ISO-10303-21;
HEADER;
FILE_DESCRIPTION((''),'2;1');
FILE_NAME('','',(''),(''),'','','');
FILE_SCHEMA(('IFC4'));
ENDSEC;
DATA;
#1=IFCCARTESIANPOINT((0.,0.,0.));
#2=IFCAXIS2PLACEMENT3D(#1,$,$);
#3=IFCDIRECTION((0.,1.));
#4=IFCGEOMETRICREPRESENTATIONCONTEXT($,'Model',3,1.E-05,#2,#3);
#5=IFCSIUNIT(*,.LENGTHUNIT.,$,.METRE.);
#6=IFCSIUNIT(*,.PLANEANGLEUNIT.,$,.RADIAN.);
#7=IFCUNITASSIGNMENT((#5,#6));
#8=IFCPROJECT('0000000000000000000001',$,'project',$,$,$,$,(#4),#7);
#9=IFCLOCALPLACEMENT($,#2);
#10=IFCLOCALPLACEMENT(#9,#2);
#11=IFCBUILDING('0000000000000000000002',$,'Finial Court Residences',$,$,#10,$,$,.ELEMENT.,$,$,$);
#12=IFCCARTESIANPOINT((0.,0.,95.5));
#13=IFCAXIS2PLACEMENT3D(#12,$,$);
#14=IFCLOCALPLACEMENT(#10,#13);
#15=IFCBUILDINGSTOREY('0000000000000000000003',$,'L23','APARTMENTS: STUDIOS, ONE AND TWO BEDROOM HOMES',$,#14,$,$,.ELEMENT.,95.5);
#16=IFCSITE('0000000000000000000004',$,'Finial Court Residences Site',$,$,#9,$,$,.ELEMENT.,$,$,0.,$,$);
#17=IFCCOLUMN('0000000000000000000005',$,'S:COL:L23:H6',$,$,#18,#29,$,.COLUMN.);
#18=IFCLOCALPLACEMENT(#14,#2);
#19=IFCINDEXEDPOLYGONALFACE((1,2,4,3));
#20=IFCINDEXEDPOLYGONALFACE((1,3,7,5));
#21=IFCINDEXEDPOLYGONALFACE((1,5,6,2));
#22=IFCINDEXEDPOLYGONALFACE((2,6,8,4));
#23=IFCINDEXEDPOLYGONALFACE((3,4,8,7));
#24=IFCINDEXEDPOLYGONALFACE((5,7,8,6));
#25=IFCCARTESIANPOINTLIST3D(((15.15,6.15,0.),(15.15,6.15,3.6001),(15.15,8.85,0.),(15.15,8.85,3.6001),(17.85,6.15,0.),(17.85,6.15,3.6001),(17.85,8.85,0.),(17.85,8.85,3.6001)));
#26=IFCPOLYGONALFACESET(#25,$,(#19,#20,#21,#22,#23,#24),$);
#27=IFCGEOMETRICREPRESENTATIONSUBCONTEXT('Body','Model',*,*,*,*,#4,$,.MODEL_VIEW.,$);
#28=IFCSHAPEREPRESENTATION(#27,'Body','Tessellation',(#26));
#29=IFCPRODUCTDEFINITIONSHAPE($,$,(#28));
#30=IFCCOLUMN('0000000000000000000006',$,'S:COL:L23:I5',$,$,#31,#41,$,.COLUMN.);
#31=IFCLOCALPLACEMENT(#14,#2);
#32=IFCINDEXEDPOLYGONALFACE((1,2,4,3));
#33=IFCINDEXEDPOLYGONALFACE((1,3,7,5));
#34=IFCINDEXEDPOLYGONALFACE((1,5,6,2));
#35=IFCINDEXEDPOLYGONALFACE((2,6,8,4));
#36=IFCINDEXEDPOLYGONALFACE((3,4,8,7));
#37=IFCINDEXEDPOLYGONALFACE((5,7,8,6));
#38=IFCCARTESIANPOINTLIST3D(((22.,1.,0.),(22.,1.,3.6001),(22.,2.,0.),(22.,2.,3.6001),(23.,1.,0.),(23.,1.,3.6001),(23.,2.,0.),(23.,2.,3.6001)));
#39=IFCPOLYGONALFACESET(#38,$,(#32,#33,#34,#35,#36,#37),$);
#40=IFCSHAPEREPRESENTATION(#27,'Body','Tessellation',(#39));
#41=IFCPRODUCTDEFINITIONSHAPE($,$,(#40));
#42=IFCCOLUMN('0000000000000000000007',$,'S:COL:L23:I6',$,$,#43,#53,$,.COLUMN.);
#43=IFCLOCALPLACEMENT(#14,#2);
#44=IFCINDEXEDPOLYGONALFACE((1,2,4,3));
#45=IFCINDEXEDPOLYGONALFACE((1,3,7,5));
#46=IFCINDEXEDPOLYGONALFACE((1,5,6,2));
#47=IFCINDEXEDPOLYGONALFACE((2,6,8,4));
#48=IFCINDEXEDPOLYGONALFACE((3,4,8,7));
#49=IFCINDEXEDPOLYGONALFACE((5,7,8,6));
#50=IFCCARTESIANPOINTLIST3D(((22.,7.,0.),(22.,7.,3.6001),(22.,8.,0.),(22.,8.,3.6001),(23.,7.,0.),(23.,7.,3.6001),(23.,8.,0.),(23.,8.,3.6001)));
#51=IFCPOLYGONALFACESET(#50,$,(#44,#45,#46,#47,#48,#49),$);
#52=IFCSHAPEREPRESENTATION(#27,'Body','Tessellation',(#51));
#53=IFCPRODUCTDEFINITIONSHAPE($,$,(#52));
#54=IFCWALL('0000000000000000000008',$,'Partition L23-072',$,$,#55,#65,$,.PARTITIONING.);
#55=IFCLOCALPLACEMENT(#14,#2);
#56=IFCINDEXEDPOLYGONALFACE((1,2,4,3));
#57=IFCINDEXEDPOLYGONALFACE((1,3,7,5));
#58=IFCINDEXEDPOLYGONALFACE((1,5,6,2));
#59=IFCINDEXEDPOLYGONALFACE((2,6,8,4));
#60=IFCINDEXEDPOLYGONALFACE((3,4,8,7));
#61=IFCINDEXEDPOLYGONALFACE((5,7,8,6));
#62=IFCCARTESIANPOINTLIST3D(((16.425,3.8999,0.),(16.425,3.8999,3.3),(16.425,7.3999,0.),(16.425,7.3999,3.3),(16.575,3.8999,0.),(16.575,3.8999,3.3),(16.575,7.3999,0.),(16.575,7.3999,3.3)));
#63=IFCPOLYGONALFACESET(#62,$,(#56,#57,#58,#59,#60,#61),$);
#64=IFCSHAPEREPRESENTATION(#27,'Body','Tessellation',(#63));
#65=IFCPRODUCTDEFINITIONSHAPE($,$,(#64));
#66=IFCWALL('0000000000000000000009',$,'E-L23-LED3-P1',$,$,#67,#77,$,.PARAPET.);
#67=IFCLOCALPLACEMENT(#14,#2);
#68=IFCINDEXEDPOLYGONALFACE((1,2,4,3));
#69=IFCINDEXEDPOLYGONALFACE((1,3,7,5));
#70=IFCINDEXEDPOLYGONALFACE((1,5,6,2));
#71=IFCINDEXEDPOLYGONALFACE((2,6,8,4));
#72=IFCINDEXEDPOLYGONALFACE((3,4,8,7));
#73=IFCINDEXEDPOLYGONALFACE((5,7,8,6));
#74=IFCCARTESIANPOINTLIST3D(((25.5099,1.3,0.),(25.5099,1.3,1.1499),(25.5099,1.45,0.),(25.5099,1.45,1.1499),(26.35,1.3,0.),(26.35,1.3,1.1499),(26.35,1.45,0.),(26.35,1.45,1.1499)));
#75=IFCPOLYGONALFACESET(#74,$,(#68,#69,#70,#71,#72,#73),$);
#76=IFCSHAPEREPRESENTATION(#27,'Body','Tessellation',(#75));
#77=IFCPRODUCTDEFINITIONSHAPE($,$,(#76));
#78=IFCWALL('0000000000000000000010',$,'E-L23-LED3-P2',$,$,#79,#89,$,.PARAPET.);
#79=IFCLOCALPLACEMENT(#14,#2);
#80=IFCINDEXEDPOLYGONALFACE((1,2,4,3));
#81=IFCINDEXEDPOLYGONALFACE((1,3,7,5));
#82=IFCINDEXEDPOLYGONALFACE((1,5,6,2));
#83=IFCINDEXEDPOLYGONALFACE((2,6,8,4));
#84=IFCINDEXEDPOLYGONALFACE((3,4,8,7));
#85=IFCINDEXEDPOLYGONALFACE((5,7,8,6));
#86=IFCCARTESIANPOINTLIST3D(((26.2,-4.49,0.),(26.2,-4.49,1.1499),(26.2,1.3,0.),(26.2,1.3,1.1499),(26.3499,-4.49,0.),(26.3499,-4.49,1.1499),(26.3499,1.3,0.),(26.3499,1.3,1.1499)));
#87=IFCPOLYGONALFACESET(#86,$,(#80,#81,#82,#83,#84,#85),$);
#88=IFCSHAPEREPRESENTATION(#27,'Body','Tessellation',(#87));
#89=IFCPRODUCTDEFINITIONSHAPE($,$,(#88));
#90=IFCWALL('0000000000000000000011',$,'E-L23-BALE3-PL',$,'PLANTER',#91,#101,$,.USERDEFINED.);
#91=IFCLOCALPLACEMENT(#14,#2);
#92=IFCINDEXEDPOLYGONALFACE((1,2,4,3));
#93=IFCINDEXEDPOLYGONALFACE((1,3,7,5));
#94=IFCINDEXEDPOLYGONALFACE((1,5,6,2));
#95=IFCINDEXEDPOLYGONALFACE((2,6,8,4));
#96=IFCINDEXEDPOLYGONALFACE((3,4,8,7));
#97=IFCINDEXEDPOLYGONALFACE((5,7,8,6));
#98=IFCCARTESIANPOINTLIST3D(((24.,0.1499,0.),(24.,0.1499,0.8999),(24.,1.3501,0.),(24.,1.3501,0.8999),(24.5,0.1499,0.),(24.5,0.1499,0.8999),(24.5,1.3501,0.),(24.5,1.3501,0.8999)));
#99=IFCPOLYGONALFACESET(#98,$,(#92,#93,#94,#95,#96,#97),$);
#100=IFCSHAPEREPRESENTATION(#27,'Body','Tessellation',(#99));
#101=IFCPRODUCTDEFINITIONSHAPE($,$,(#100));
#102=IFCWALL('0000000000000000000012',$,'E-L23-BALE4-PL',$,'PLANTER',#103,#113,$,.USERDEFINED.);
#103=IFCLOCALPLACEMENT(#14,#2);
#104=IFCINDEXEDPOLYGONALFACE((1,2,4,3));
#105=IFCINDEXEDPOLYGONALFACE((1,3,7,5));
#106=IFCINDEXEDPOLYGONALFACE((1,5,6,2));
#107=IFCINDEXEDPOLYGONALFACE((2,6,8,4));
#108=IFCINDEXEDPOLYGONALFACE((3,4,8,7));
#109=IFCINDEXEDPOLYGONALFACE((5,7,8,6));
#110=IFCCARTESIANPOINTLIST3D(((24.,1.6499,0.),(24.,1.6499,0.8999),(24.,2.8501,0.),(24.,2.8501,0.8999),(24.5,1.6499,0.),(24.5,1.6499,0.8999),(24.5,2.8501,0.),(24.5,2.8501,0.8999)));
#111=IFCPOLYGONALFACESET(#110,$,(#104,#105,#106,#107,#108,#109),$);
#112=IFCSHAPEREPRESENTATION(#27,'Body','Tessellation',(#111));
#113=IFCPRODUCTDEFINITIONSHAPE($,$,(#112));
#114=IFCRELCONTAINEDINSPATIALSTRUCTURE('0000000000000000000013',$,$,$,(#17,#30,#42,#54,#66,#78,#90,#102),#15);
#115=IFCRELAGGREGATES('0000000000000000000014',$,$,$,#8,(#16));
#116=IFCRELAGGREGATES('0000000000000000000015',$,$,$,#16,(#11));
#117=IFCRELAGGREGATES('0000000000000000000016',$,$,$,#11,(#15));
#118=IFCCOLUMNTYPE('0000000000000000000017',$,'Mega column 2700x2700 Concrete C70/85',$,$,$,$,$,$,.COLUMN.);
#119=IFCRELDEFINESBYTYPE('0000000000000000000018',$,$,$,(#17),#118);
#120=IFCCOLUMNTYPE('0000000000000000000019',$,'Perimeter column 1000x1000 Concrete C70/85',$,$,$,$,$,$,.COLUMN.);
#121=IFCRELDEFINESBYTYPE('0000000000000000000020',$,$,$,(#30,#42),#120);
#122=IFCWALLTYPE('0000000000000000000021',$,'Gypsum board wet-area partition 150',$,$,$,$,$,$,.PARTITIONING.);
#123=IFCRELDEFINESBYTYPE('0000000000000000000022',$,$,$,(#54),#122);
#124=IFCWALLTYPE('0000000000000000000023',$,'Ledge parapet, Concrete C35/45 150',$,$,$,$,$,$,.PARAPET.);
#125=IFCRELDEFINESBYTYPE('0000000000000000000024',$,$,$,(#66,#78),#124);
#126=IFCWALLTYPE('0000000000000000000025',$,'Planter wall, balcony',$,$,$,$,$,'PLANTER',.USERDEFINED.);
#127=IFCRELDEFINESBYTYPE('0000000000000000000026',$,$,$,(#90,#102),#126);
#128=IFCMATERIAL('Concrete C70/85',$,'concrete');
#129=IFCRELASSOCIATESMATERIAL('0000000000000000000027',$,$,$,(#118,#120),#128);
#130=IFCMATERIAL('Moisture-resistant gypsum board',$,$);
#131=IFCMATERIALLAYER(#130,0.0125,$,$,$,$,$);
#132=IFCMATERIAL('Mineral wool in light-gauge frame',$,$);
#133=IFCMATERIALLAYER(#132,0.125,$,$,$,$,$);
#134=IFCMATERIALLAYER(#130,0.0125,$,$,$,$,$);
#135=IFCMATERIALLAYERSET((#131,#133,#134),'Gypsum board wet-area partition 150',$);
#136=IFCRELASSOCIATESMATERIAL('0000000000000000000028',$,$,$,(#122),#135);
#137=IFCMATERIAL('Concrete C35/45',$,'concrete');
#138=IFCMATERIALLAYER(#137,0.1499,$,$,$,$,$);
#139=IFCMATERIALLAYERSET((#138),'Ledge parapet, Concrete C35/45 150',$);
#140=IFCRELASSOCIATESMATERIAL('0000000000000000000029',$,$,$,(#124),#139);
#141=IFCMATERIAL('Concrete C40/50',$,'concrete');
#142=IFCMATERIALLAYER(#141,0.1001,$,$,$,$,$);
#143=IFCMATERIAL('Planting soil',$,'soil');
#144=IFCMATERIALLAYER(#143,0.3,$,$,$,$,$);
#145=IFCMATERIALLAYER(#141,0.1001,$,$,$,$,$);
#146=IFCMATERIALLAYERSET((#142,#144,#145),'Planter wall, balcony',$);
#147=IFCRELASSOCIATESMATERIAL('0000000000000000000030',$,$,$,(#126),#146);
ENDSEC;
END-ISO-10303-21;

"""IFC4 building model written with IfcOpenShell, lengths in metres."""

from ifc_helpers import new_model, si_unit, direction, frame, frame_2d, origin, origin_2d, place, context, subcontext, project, spatial, rectangle, extrude, material, layer, layer_set, material_profile, profile_set, type_object, element, save


model = new_model("IFC4")

# Units and contexts
model_context = context("Model", 3, precision=1e-05, world=origin(), true_north=direction((0.0, 1.0)))
body_context = subcontext(model_context, "Body", "Model", "MODEL_VIEW")
ifc_project = project(units=[si_unit("LENGTHUNIT", "METRE"), si_unit("PLANEANGLEUNIT", "RADIAN")], contexts=[model_context])

# Site, building, storey
site_placement = place(None, origin())
site = spatial("IfcSite", under=ifc_project, at=site_placement, Name="Finial Court Residences Site", CompositionType="ELEMENT", RefElevation=0.0)
building_placement = place(site_placement, origin())
building = spatial("IfcBuilding", under=site, at=building_placement, Name="Finial Court Residences", CompositionType="ELEMENT")
storey_placement = place(building_placement, frame((0.0, 0.0, 95.5)))
storey = spatial("IfcBuildingStorey", under=building, at=storey_placement, Name="L23", Description="APARTMENTS: STUDIOS, ONE AND TWO BEDROOM HOMES", CompositionType="ELEMENT", Elevation=95.5)

# Columns
ifc_material_1 = material(Name="Concrete C70/85", Category="concrete")
ifc_material_profile_1 = material_profile(ifc_material_1, rectangle(XDim=2.7, YDim=2.7, at=origin_2d()), Name="2700x2700")
ifc_profile_set_1 = profile_set([ifc_material_profile_1], Name="Concrete C70/85")
column_type_1 = type_object("IfcColumnType", Name="Mega column 2700x2700 Concrete C70/85", PredefinedType="COLUMN", material=ifc_profile_set_1)
column_placement = place(storey_placement, frame((16.5, 7.5, 0.0), z_axis=(0.0, 0.0, 1.0), x_axis=(1.0, 0.0, 0.0)))
element("IfcColumn", 1, at=column_placement, inside=storey, type_object=column_type_1, Name="S:COL:L23:H6", PredefinedType="COLUMN", context=body_context, shape_type="SweptSolid", body=[
    extrude(rectangle(XDim=2.7, YDim=2.7, at=origin_2d()), origin(), (0.0, 0.0, 1.0), 3.6001),
])
ifc_material_profile_2 = material_profile(ifc_material_1, rectangle(XDim=1.0, YDim=1.0, at=origin_2d()), Name="1000x1000")
ifc_profile_set_2 = profile_set([ifc_material_profile_2], Name="Concrete C70/85")
column_type_2 = type_object("IfcColumnType", Name="Perimeter column 1000x1000 Concrete C70/85", PredefinedType="COLUMN", material=ifc_profile_set_2)
for number, where, z_axis, x_axis, name in (
    (2, (22.5, 1.5, 0.0), (0.0, 0.0, 1.0), (1.0, 0.0, 0.0), "S:COL:L23:I5"),
    (3, (22.5, 7.5, 0.0), (0.0, 0.0, 1.0), (1.0, 0.0, 0.0), "S:COL:L23:I6"),
):
    element("IfcColumn", number, at=place(storey_placement, frame(where, z_axis=z_axis, x_axis=x_axis)), inside=storey, type_object=column_type_2, Name=name, PredefinedType="COLUMN", context=body_context, shape_type="SweptSolid", body=[
        extrude(rectangle(XDim=1.0, YDim=1.0, at=origin_2d()), origin(), (0.0, 0.0, 1.0), 3.6001),
    ])

# Walls
ifc_material_2 = material(Name="Moisture-resistant gypsum board")
ifc_layer_1 = layer(ifc_material_2, 0.0125)
ifc_material_3 = material(Name="Mineral wool in light-gauge frame")
ifc_layer_2 = layer(ifc_material_3, 0.125)
ifc_layer_3 = layer(ifc_material_2, 0.0125)
ifc_layer_set_1 = layer_set([ifc_layer_1, ifc_layer_2, ifc_layer_3], Name="Gypsum board wet-area partition 150")
wall_type_1 = type_object("IfcWallType", Name="Gypsum board wet-area partition 150", PredefinedType="PARTITIONING", material=ifc_layer_set_1)
wall_1_placement = place(storey_placement, frame((16.5, 3.8999, 0.0), z_axis=(0.0, 0.0, 1.0), x_axis=(0.0, 1.0, 0.0)))
element("IfcWall", 4, at=wall_1_placement, inside=storey, type_object=wall_type_1, Name="Partition L23-072", PredefinedType="PARTITIONING", context=body_context, shape_type="SweptSolid", body=[
    extrude(rectangle(XDim=3.5, YDim=0.1499, at=frame_2d((1.75, 0.0))), origin(), (0.0, 0.0, 1.0), 3.3),
])
ifc_material_4 = material(Name="Concrete C35/45", Category="concrete")
ifc_layer_4 = layer(ifc_material_4, 0.1499)
ifc_layer_set_2 = layer_set([ifc_layer_4], Name="Ledge parapet, Concrete C35/45 150")
wall_type_2 = type_object("IfcWallType", Name="Ledge parapet, Concrete C35/45 150", PredefinedType="PARAPET", material=ifc_layer_set_2)
wall_2_placement = place(storey_placement, frame((25.51, 1.375, 0.0), z_axis=(0.0, 0.0, 1.0), x_axis=(1.0, 0.0, 0.0)))
element("IfcWall", 5, at=wall_2_placement, inside=storey, type_object=wall_type_2, Name="E-L23-LED3-P1", PredefinedType="PARAPET", context=body_context, shape_type="SweptSolid", body=[
    extrude(rectangle(XDim=0.8401, YDim=0.1499, at=frame_2d((0.4199, 0.0))), origin(), (0.0, 0.0, 1.0), 1.1499),
])
wall_3_placement = place(storey_placement, frame((26.2749, 1.3, 0.0), z_axis=(0.0, 0.0, 1.0), x_axis=(0.0, -1.0, 0.0)))
element("IfcWall", 6, at=wall_3_placement, inside=storey, type_object=wall_type_2, Name="E-L23-LED3-P2", PredefinedType="PARAPET", context=body_context, shape_type="SweptSolid", body=[
    extrude(rectangle(XDim=5.79, YDim=0.1499, at=frame_2d((2.895, 0.0))), origin(), (0.0, 0.0, 1.0), 1.1499),
])

# Walls
ifc_material_5 = material(Name="Concrete C40/50", Category="concrete")
ifc_layer_5 = layer(ifc_material_5, 0.1001)
ifc_material_6 = material(Name="Planting soil", Category="soil")
ifc_layer_6 = layer(ifc_material_6, 0.3)
ifc_layer_7 = layer(ifc_material_5, 0.1001)
ifc_layer_set_3 = layer_set([ifc_layer_5, ifc_layer_6, ifc_layer_7], Name="Planter wall, balcony")
wall_type_3 = type_object("IfcWallType", Name="Planter wall, balcony", ElementType="PLANTER", PredefinedType="USERDEFINED", material=ifc_layer_set_3)
for number, where, z_axis, x_axis, name in (
    (7, (24.25, 0.1499, 0.0), (0.0, 0.0, 1.0), (0.0, 1.0, 0.0), "E-L23-BALE3-PL"),
    (8, (24.25, 1.6499, 0.0), (0.0, 0.0, 1.0), (0.0, 1.0, 0.0), "E-L23-BALE4-PL"),
):
    element("IfcWall", number, at=place(storey_placement, frame(where, z_axis=z_axis, x_axis=x_axis)), inside=storey, type_object=wall_type_3, Name=name, ObjectType="PLANTER", PredefinedType="USERDEFINED", context=body_context, shape_type="SweptSolid", body=[
        extrude(rectangle(XDim=1.2002, YDim=0.5, at=frame_2d((0.6001, 0.0))), origin(), (0.0, 0.0, 1.0), 0.8999),
    ])

save(model, "model.ifc")
